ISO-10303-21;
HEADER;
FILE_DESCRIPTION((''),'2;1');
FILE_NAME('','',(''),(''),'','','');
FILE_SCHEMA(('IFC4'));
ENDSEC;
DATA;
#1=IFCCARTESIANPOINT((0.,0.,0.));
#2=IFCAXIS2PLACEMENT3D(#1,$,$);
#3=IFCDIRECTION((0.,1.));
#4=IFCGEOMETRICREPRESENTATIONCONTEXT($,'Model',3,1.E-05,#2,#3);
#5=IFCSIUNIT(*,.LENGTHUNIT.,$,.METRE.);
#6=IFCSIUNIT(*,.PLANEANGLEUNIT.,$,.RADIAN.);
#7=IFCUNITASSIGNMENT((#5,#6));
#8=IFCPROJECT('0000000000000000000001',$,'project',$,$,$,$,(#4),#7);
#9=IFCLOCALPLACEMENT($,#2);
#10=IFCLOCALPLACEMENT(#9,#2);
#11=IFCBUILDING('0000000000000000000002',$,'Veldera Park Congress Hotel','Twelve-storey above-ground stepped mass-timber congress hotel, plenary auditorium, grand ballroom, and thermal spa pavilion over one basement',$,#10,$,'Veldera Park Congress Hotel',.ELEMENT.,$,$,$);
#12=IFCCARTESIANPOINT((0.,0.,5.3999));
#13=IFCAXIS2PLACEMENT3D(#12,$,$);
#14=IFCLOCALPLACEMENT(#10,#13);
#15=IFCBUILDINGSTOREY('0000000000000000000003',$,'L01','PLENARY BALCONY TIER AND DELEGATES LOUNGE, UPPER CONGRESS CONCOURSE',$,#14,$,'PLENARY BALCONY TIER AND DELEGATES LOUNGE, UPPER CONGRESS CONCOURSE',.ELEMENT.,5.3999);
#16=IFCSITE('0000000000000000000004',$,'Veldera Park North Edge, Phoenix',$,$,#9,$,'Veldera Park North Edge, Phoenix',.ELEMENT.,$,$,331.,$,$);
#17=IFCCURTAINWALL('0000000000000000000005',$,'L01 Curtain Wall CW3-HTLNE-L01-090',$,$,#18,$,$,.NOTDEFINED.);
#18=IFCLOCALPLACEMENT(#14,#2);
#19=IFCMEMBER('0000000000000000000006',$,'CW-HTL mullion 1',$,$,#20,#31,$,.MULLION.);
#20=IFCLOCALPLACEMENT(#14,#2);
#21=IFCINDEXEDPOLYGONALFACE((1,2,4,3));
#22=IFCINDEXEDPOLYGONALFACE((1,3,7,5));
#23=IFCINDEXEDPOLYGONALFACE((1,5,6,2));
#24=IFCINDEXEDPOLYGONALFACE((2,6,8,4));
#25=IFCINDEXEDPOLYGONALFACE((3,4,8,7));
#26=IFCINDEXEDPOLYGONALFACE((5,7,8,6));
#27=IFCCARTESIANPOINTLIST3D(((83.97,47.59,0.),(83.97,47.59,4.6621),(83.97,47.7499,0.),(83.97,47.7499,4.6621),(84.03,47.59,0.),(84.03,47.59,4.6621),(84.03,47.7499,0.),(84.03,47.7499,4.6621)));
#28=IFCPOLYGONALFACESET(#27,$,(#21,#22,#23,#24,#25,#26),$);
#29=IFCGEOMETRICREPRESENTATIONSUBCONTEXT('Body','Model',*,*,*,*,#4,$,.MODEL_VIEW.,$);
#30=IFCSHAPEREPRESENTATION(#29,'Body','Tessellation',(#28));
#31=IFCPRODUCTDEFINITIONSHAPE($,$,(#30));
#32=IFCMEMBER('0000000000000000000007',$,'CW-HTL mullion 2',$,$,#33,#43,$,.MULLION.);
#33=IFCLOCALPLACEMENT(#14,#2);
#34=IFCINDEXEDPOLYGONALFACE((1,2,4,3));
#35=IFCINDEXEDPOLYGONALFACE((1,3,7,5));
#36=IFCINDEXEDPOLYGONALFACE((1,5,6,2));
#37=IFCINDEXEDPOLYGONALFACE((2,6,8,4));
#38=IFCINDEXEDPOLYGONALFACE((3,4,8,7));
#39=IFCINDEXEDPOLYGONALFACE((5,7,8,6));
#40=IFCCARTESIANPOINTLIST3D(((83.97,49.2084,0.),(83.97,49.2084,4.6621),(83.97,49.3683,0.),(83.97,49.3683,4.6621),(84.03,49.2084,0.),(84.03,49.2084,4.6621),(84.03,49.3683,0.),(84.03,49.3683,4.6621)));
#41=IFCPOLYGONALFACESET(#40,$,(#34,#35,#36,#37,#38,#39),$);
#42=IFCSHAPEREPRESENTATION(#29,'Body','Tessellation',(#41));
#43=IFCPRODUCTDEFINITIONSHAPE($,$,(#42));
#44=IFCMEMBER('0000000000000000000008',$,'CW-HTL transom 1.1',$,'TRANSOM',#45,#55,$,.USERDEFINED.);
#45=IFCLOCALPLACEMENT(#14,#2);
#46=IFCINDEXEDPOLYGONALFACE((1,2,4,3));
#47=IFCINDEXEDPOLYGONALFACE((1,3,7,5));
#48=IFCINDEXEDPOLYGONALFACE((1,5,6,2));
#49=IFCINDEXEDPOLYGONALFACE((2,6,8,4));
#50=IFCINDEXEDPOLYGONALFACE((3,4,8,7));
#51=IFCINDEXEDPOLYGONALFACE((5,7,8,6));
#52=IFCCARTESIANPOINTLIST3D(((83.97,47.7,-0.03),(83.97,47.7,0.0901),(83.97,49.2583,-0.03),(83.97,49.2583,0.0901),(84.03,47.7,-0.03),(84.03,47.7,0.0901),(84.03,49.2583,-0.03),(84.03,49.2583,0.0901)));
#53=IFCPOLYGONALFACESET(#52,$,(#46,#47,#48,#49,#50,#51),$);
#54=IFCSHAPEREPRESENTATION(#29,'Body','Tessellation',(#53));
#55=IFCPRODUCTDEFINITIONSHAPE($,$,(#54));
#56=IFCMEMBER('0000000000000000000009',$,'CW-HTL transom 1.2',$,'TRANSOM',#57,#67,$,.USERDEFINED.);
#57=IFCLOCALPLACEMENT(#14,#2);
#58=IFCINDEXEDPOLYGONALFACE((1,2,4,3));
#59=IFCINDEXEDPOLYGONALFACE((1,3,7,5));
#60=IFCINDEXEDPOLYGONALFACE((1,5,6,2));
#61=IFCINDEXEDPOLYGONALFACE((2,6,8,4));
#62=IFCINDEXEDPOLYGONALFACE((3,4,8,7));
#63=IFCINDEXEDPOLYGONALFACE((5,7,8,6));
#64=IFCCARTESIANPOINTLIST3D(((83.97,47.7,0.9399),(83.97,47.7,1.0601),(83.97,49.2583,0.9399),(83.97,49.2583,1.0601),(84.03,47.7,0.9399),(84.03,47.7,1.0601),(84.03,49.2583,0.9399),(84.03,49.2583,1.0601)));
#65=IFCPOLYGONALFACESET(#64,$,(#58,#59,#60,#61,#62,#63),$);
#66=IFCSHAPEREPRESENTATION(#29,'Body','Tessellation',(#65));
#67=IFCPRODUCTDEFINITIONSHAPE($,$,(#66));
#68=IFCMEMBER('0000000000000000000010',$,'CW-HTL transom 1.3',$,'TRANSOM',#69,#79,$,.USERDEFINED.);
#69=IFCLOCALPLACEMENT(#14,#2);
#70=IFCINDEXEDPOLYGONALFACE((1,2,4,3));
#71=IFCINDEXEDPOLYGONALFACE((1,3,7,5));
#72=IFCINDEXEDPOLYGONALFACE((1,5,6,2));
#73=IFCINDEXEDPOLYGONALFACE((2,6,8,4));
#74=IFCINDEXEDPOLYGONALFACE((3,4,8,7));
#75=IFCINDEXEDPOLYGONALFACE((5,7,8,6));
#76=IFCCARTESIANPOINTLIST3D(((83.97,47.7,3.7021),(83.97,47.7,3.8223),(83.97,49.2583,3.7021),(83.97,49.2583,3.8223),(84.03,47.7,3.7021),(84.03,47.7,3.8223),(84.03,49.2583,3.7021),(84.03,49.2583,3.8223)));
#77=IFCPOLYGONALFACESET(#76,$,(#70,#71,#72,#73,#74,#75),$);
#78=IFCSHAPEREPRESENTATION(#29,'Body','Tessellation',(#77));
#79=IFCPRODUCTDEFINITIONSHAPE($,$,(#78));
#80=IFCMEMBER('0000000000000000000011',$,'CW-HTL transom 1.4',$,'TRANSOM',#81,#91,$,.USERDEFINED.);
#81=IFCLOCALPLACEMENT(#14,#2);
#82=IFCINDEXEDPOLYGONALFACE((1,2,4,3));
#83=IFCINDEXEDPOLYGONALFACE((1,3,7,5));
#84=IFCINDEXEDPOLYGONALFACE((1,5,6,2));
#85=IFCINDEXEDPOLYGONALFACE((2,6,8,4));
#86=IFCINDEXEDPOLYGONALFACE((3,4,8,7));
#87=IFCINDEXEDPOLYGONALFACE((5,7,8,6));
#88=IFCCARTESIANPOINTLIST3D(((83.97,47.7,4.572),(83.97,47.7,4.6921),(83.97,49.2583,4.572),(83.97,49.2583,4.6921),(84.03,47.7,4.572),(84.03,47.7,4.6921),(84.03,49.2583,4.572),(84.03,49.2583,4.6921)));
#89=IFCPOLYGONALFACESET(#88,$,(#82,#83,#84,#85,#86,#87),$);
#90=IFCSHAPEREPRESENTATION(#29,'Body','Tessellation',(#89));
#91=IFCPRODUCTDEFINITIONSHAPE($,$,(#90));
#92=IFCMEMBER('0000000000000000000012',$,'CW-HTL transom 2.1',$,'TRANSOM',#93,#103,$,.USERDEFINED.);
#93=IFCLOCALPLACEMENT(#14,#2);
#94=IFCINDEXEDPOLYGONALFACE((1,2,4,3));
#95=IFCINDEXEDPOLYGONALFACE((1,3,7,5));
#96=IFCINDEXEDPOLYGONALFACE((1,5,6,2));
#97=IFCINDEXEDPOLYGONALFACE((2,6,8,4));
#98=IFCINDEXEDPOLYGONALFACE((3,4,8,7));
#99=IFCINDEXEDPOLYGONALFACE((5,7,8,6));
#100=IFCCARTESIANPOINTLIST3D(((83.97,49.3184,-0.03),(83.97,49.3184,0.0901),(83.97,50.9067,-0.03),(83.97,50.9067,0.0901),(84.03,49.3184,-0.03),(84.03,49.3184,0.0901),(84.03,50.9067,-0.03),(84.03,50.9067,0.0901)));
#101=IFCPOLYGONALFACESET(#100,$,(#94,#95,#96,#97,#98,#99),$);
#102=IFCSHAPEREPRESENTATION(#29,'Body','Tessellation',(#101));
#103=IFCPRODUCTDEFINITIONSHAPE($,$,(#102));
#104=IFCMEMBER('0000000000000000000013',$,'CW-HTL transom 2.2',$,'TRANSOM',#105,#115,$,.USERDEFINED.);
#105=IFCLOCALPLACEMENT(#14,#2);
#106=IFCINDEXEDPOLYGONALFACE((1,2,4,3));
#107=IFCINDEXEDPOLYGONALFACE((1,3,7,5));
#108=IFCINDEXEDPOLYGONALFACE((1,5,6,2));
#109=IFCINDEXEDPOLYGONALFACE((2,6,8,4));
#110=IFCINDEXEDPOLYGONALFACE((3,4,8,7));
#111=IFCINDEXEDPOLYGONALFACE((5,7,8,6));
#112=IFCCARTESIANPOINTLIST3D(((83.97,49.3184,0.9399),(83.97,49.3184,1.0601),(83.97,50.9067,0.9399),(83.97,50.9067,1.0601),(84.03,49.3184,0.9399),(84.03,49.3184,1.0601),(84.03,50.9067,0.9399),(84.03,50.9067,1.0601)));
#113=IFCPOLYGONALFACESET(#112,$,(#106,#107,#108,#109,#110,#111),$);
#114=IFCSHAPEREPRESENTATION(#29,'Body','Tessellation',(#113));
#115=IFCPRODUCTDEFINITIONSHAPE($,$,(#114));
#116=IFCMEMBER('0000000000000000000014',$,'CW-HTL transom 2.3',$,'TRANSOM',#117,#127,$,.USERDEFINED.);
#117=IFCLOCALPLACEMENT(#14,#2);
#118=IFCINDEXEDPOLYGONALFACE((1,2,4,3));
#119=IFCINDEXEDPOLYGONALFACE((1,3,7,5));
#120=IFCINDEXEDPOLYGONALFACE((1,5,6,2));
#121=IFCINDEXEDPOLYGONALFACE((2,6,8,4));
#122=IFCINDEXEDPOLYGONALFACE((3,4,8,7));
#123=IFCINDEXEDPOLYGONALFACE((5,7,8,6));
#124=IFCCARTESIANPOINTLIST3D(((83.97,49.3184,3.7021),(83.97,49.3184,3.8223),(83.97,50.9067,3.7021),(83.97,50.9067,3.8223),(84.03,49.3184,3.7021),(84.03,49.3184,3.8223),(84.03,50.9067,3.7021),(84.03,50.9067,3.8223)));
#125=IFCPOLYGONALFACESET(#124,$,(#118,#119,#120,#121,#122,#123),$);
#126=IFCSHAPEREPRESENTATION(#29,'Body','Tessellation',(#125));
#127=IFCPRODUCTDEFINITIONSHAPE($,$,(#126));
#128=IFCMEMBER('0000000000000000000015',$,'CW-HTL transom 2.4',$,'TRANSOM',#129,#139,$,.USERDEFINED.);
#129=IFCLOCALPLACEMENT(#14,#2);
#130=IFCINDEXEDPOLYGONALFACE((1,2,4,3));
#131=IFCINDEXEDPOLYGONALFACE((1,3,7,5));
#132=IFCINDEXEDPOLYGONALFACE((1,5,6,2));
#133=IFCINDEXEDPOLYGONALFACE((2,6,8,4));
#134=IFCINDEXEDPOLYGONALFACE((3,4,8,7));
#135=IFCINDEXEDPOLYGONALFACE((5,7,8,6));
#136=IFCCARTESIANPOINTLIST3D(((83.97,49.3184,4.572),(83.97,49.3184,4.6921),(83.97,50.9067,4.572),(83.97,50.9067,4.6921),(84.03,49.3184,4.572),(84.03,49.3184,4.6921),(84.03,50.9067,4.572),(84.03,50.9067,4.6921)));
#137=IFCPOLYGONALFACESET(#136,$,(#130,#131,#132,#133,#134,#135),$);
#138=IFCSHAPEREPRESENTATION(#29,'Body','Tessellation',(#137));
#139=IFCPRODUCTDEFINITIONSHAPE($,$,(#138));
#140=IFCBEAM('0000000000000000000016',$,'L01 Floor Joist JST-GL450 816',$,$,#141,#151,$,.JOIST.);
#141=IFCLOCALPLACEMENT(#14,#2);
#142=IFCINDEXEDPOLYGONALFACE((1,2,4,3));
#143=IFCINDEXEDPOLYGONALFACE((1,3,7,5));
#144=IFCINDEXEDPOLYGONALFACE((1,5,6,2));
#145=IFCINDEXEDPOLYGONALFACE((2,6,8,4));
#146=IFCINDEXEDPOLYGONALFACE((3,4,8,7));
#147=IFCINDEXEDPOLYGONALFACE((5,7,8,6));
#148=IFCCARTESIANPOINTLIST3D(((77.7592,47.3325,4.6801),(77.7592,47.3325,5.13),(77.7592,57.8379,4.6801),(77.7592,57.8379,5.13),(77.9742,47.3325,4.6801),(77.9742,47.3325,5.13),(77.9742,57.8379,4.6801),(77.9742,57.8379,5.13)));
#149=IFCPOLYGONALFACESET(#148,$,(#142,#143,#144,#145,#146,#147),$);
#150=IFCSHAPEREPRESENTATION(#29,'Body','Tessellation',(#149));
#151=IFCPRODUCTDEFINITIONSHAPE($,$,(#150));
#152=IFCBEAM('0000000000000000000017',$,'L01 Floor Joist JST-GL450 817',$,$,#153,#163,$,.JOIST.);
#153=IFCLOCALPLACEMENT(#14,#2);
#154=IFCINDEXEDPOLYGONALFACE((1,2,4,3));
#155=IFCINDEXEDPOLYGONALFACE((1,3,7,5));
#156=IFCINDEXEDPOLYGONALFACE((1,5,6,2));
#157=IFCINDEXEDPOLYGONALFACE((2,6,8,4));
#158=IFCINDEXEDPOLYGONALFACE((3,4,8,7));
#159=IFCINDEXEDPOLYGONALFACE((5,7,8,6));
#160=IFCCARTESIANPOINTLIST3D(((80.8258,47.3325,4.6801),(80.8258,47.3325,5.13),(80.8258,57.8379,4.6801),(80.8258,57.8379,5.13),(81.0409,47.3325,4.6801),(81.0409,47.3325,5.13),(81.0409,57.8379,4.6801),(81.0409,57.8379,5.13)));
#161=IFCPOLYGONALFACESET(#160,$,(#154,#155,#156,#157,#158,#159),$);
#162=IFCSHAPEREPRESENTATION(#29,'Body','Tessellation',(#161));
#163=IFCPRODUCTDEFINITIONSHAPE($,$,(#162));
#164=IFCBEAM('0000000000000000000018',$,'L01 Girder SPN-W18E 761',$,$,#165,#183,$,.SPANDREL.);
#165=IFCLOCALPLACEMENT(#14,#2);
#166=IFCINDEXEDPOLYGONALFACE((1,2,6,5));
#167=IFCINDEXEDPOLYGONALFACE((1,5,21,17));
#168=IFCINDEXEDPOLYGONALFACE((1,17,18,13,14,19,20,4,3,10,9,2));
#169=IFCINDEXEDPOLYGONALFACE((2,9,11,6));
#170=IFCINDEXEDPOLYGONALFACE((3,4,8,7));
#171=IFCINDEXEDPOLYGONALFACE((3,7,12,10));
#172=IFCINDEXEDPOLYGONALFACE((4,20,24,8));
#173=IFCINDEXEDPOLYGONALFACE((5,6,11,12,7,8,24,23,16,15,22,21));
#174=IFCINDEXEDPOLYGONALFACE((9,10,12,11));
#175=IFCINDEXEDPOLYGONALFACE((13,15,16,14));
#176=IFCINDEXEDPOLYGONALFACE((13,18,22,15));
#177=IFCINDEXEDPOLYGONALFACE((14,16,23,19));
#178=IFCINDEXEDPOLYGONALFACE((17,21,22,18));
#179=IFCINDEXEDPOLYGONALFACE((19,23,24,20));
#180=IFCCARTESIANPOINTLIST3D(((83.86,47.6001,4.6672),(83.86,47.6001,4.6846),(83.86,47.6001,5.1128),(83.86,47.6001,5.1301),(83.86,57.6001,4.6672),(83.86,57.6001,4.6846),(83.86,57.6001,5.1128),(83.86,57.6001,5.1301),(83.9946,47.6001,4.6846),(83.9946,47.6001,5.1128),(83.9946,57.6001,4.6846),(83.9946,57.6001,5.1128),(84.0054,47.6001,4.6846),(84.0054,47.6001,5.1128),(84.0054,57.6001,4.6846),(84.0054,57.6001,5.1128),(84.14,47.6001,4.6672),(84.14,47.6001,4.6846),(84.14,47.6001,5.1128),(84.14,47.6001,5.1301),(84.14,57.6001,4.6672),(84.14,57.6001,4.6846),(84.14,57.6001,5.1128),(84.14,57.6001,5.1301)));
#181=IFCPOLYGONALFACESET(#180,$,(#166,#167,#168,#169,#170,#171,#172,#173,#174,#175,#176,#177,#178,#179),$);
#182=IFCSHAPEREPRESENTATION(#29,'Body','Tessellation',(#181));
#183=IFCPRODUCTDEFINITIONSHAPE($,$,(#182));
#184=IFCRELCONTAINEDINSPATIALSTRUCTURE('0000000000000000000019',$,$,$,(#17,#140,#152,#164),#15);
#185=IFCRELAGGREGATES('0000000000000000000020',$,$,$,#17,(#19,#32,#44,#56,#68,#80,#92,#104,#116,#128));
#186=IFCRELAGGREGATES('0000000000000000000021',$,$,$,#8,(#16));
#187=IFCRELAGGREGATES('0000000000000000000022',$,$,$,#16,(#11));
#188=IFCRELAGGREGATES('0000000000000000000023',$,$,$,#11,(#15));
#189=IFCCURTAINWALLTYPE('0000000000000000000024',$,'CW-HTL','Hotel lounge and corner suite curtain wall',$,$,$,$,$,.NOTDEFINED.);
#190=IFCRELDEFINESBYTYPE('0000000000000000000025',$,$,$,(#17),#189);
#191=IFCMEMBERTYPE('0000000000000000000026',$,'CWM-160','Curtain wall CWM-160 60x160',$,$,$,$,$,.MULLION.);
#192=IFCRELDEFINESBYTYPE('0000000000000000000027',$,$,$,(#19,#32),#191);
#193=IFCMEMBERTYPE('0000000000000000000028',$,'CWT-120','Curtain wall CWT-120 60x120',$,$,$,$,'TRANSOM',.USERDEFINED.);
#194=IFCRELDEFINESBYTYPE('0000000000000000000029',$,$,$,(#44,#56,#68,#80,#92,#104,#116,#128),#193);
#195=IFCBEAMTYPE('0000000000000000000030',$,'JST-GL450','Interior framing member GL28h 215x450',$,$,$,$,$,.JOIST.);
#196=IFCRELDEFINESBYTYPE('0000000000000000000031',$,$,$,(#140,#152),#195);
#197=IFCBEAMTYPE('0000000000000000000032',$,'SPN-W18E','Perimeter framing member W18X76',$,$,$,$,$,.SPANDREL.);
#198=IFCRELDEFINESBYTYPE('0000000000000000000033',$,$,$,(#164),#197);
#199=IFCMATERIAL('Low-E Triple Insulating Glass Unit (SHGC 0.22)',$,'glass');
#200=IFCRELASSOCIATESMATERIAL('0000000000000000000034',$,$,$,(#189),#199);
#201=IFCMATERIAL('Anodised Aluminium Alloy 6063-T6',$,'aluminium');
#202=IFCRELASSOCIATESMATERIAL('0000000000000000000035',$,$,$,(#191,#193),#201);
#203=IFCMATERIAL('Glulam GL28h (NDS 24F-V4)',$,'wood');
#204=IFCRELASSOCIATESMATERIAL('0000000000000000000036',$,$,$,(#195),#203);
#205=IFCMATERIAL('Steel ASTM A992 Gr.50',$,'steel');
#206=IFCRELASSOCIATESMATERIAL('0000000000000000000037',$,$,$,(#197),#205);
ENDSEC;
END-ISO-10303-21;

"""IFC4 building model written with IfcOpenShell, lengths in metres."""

from ifc_helpers import new_model, si_unit, direction, frame, origin, origin_2d, place, context, subcontext, project, spatial, rectangle, i_section, extrude, material, material_profile, profile_set, type_object, element, aggregate, save


model = new_model("IFC4")

# Units and contexts
model_context = context("Model", 3, precision=1e-05, world=origin(), true_north=direction((0.0, 1.0)))
body_context = subcontext(model_context, "Body", "Model", "MODEL_VIEW")
ifc_project = project(units=[si_unit("LENGTHUNIT", "METRE"), si_unit("PLANEANGLEUNIT", "RADIAN")], contexts=[model_context])

# Site, building, storey
site_placement = place(None, origin())
site = spatial("IfcSite", under=ifc_project, at=site_placement, Name="Veldera Park North Edge, Phoenix", LongName="Veldera Park North Edge, Phoenix", CompositionType="ELEMENT", RefElevation=331.0)
building_placement = place(site_placement, origin())
building = spatial("IfcBuilding", under=site, at=building_placement, Name="Veldera Park Congress Hotel", Description="Twelve-storey above-ground stepped mass-timber congress hotel, plenary auditorium, grand ballroom, and thermal spa pavilion over one basement", LongName="Veldera Park Congress Hotel", CompositionType="ELEMENT")
storey_placement = place(building_placement, frame((0.0, 0.0, 5.3999)))
storey = spatial("IfcBuildingStorey", under=building, at=storey_placement, Name="L01", Description="PLENARY BALCONY TIER AND DELEGATES LOUNGE, UPPER CONGRESS CONCOURSE", LongName="PLENARY BALCONY TIER AND DELEGATES LOUNGE, UPPER CONGRESS CONCOURSE", CompositionType="ELEMENT", Elevation=5.3999)

# Curtain wall, members
ifc_material_1 = material(Name="Low-E Triple Insulating Glass Unit (SHGC 0.22)", Category="glass")
curtain_wall_type = type_object("IfcCurtainWallType", Name="CW-HTL", Description="Hotel lounge and corner suite curtain wall", PredefinedType="NOTDEFINED", material=ifc_material_1)
curtain_wall_placement = place(storey_placement, origin())
curtain_wall = element("IfcCurtainWall", 1, at=curtain_wall_placement, inside=storey, type_object=curtain_wall_type, Name="L01 Curtain Wall CW3-HTLNE-L01-090", PredefinedType="NOTDEFINED")
ifc_material_2 = material(Name="Anodised Aluminium Alloy 6063-T6", Category="aluminium")
ifc_material_profile_1 = material_profile(ifc_material_2, rectangle(XDim=0.0601, YDim=0.1599, at=origin_2d()), Name="ALU 60x160")
ifc_profile_set_1 = profile_set([ifc_material_profile_1], Name="Anodised Aluminium Alloy 6063-T6")
member_type_1 = type_object("IfcMemberType", Name="CWM-160", Description="Curtain wall CWM-160 60x160", PredefinedType="MULLION", material=ifc_profile_set_1)
member_1_placement = place(storey_placement, frame((84.0, 47.6699, 0.0), z_axis=(0.0, 0.0, 1.0), x_axis=(-1.0, 0.0, 0.0)))
member_1 = element("IfcMember", 2, at=member_1_placement, type_object=member_type_1, Name="CW-HTL mullion 1", PredefinedType="MULLION", context=body_context, shape_type="SweptSolid", body=[
    extrude(rectangle(XDim=0.0601, YDim=0.1599, at=origin_2d()), origin(), (0.0, 0.0, 1.0), 4.6621),
])
member_2_placement = place(storey_placement, frame((84.0, 49.2883, 0.0), z_axis=(0.0, 0.0, 1.0), x_axis=(-1.0, 0.0, 0.0)))
member_2 = element("IfcMember", 3, at=member_2_placement, type_object=member_type_1, Name="CW-HTL mullion 2", PredefinedType="MULLION", context=body_context, shape_type="SweptSolid", body=[
    extrude(rectangle(XDim=0.0601, YDim=0.1599, at=origin_2d()), origin(), (0.0, 0.0, 1.0), 4.6621),
])
ifc_material_profile_2 = material_profile(ifc_material_2, rectangle(XDim=0.0601, YDim=0.1201, at=origin_2d()), Name="ALU 60x120")
ifc_profile_set_2 = profile_set([ifc_material_profile_2], Name="Anodised Aluminium Alloy 6063-T6")
member_type_2 = type_object("IfcMemberType", Name="CWT-120", Description="Curtain wall CWT-120 60x120", ElementType="TRANSOM", PredefinedType="USERDEFINED", material=ifc_profile_set_2)
member_3_placement = place(storey_placement, frame((84.0, 47.7, 0.03), z_axis=(0.0, 1.0, 0.0), x_axis=(-1.0, 0.0, 0.0)))
member_3 = element("IfcMember", 4, at=member_3_placement, type_object=member_type_2, Name="CW-HTL transom 1.1", ObjectType="TRANSOM", PredefinedType="USERDEFINED", context=body_context, shape_type="SweptSolid", body=[
    extrude(rectangle(XDim=0.0601, YDim=0.1201, at=origin_2d()), origin(), (0.0, 0.0, 1.0), 1.5583),
])
member_4_placement = place(storey_placement, frame((84.0, 47.7, 1.0), z_axis=(0.0, 1.0, 0.0), x_axis=(-1.0, 0.0, 0.0)))
member_4 = element("IfcMember", 5, at=member_4_placement, type_object=member_type_2, Name="CW-HTL transom 1.2", ObjectType="TRANSOM", PredefinedType="USERDEFINED", context=body_context, shape_type="SweptSolid", body=[
    extrude(rectangle(XDim=0.0601, YDim=0.1201, at=origin_2d()), origin(), (0.0, 0.0, 1.0), 1.5583),
])
member_5_placement = place(storey_placement, frame((84.0, 47.7, 3.7622), z_axis=(0.0, 1.0, 0.0), x_axis=(-1.0, 0.0, 0.0)))
member_5 = element("IfcMember", 6, at=member_5_placement, type_object=member_type_2, Name="CW-HTL transom 1.3", ObjectType="TRANSOM", PredefinedType="USERDEFINED", context=body_context, shape_type="SweptSolid", body=[
    extrude(rectangle(XDim=0.0601, YDim=0.1201, at=origin_2d()), origin(), (0.0, 0.0, 1.0), 1.5583),
])
member_6_placement = place(storey_placement, frame((84.0, 47.7, 4.6321), z_axis=(0.0, 1.0, 0.0), x_axis=(-1.0, 0.0, 0.0)))
member_6 = element("IfcMember", 7, at=member_6_placement, type_object=member_type_2, Name="CW-HTL transom 1.4", ObjectType="TRANSOM", PredefinedType="USERDEFINED", context=body_context, shape_type="SweptSolid", body=[
    extrude(rectangle(XDim=0.0601, YDim=0.1201, at=origin_2d()), origin(), (0.0, 0.0, 1.0), 1.5583),
])
member_7_placement = place(storey_placement, frame((84.0, 49.3184, 0.03), z_axis=(0.0, 1.0, 0.0), x_axis=(-1.0, 0.0, 0.0)))
member_7 = element("IfcMember", 8, at=member_7_placement, type_object=member_type_2, Name="CW-HTL transom 2.1", ObjectType="TRANSOM", PredefinedType="USERDEFINED", context=body_context, shape_type="SweptSolid", body=[
    extrude(rectangle(XDim=0.0601, YDim=0.1201, at=origin_2d()), origin(), (0.0, 0.0, 1.0), 1.5884),
])
member_8_placement = place(storey_placement, frame((84.0, 49.3184, 1.0), z_axis=(0.0, 1.0, 0.0), x_axis=(-1.0, 0.0, 0.0)))
member_8 = element("IfcMember", 9, at=member_8_placement, type_object=member_type_2, Name="CW-HTL transom 2.2", ObjectType="TRANSOM", PredefinedType="USERDEFINED", context=body_context, shape_type="SweptSolid", body=[
    extrude(rectangle(XDim=0.0601, YDim=0.1201, at=origin_2d()), origin(), (0.0, 0.0, 1.0), 1.5884),
])
member_9_placement = place(storey_placement, frame((84.0, 49.3184, 3.7622), z_axis=(0.0, 1.0, 0.0), x_axis=(-1.0, 0.0, 0.0)))
member_9 = element("IfcMember", 10, at=member_9_placement, type_object=member_type_2, Name="CW-HTL transom 2.3", ObjectType="TRANSOM", PredefinedType="USERDEFINED", context=body_context, shape_type="SweptSolid", body=[
    extrude(rectangle(XDim=0.0601, YDim=0.1201, at=origin_2d()), origin(), (0.0, 0.0, 1.0), 1.5884),
])
member_10_placement = place(storey_placement, frame((84.0, 49.3184, 4.6321), z_axis=(0.0, 1.0, 0.0), x_axis=(-1.0, 0.0, 0.0)))
member_10 = element("IfcMember", 11, at=member_10_placement, type_object=member_type_2, Name="CW-HTL transom 2.4", ObjectType="TRANSOM", PredefinedType="USERDEFINED", context=body_context, shape_type="SweptSolid", body=[
    extrude(rectangle(XDim=0.0601, YDim=0.1201, at=origin_2d()), origin(), (0.0, 0.0, 1.0), 1.5884),
])

# Beams
ifc_material_3 = material(Name="Glulam GL28h (NDS 24F-V4)", Category="wood")
ifc_material_profile_3 = material_profile(ifc_material_3, rectangle(XDim=0.2151, YDim=0.45, at=origin_2d()), Name="GL28h 215x450")
ifc_profile_set_3 = profile_set([ifc_material_profile_3], Name="Glulam GL28h (NDS 24F-V4)")
beam_type_1 = type_object("IfcBeamType", Name="JST-GL450", Description="Interior framing member GL28h 215x450", PredefinedType="JOIST", material=ifc_profile_set_3)
for number, where, z_axis, x_axis, name in (
    (12, (77.8667, 47.3325, 4.905), (0.0, 1.0, 0.0), (-1.0, 0.0, 0.0), "L01 Floor Joist JST-GL450 816"),
    (13, (80.9333, 47.3325, 4.905), (0.0, 1.0, 0.0), (-1.0, 0.0, 0.0), "L01 Floor Joist JST-GL450 817"),
):
    element("IfcBeam", number, at=place(storey_placement, frame(where, z_axis=z_axis, x_axis=x_axis)), inside=storey, type_object=beam_type_1, Name=name, PredefinedType="JOIST", context=body_context, shape_type="SweptSolid", body=[
        extrude(rectangle(XDim=0.2151, YDim=0.45, at=origin_2d()), origin(), (0.0, 0.0, 1.0), 10.5054),
    ])
ifc_material_4 = material(Name="Steel ASTM A992 Gr.50", Category="steel")
ifc_material_profile_4 = material_profile(ifc_material_4, i_section(OverallWidth=0.28, OverallDepth=0.4629, WebThickness=0.0107, FlangeThickness=0.0173, at=origin_2d()), Name="W18X76")
ifc_profile_set_4 = profile_set([ifc_material_profile_4], Name="Steel ASTM A992 Gr.50")
beam_type_2 = type_object("IfcBeamType", Name="SPN-W18E", Description="Perimeter framing member W18X76", PredefinedType="SPANDREL", material=ifc_profile_set_4)
beam_placement = place(storey_placement, frame((84.0, 47.6001, 4.8987), z_axis=(0.0, 1.0, 0.0), x_axis=(-1.0, 0.0, 0.0)))
element("IfcBeam", 14, at=beam_placement, inside=storey, type_object=beam_type_2, Name="L01 Girder SPN-W18E 761", PredefinedType="SPANDREL", context=body_context, shape_type="SweptSolid", body=[
    extrude(i_section(OverallWidth=0.28, OverallDepth=0.4629, WebThickness=0.0107, FlangeThickness=0.0173, at=origin_2d()), origin(), (0.0, 0.0, 1.0), 10.0),
])

aggregate(curtain_wall, [member_1, member_2, member_3, member_4, member_5, member_6, member_7, member_8, member_9, member_10])

save(model, "model.ifc")
